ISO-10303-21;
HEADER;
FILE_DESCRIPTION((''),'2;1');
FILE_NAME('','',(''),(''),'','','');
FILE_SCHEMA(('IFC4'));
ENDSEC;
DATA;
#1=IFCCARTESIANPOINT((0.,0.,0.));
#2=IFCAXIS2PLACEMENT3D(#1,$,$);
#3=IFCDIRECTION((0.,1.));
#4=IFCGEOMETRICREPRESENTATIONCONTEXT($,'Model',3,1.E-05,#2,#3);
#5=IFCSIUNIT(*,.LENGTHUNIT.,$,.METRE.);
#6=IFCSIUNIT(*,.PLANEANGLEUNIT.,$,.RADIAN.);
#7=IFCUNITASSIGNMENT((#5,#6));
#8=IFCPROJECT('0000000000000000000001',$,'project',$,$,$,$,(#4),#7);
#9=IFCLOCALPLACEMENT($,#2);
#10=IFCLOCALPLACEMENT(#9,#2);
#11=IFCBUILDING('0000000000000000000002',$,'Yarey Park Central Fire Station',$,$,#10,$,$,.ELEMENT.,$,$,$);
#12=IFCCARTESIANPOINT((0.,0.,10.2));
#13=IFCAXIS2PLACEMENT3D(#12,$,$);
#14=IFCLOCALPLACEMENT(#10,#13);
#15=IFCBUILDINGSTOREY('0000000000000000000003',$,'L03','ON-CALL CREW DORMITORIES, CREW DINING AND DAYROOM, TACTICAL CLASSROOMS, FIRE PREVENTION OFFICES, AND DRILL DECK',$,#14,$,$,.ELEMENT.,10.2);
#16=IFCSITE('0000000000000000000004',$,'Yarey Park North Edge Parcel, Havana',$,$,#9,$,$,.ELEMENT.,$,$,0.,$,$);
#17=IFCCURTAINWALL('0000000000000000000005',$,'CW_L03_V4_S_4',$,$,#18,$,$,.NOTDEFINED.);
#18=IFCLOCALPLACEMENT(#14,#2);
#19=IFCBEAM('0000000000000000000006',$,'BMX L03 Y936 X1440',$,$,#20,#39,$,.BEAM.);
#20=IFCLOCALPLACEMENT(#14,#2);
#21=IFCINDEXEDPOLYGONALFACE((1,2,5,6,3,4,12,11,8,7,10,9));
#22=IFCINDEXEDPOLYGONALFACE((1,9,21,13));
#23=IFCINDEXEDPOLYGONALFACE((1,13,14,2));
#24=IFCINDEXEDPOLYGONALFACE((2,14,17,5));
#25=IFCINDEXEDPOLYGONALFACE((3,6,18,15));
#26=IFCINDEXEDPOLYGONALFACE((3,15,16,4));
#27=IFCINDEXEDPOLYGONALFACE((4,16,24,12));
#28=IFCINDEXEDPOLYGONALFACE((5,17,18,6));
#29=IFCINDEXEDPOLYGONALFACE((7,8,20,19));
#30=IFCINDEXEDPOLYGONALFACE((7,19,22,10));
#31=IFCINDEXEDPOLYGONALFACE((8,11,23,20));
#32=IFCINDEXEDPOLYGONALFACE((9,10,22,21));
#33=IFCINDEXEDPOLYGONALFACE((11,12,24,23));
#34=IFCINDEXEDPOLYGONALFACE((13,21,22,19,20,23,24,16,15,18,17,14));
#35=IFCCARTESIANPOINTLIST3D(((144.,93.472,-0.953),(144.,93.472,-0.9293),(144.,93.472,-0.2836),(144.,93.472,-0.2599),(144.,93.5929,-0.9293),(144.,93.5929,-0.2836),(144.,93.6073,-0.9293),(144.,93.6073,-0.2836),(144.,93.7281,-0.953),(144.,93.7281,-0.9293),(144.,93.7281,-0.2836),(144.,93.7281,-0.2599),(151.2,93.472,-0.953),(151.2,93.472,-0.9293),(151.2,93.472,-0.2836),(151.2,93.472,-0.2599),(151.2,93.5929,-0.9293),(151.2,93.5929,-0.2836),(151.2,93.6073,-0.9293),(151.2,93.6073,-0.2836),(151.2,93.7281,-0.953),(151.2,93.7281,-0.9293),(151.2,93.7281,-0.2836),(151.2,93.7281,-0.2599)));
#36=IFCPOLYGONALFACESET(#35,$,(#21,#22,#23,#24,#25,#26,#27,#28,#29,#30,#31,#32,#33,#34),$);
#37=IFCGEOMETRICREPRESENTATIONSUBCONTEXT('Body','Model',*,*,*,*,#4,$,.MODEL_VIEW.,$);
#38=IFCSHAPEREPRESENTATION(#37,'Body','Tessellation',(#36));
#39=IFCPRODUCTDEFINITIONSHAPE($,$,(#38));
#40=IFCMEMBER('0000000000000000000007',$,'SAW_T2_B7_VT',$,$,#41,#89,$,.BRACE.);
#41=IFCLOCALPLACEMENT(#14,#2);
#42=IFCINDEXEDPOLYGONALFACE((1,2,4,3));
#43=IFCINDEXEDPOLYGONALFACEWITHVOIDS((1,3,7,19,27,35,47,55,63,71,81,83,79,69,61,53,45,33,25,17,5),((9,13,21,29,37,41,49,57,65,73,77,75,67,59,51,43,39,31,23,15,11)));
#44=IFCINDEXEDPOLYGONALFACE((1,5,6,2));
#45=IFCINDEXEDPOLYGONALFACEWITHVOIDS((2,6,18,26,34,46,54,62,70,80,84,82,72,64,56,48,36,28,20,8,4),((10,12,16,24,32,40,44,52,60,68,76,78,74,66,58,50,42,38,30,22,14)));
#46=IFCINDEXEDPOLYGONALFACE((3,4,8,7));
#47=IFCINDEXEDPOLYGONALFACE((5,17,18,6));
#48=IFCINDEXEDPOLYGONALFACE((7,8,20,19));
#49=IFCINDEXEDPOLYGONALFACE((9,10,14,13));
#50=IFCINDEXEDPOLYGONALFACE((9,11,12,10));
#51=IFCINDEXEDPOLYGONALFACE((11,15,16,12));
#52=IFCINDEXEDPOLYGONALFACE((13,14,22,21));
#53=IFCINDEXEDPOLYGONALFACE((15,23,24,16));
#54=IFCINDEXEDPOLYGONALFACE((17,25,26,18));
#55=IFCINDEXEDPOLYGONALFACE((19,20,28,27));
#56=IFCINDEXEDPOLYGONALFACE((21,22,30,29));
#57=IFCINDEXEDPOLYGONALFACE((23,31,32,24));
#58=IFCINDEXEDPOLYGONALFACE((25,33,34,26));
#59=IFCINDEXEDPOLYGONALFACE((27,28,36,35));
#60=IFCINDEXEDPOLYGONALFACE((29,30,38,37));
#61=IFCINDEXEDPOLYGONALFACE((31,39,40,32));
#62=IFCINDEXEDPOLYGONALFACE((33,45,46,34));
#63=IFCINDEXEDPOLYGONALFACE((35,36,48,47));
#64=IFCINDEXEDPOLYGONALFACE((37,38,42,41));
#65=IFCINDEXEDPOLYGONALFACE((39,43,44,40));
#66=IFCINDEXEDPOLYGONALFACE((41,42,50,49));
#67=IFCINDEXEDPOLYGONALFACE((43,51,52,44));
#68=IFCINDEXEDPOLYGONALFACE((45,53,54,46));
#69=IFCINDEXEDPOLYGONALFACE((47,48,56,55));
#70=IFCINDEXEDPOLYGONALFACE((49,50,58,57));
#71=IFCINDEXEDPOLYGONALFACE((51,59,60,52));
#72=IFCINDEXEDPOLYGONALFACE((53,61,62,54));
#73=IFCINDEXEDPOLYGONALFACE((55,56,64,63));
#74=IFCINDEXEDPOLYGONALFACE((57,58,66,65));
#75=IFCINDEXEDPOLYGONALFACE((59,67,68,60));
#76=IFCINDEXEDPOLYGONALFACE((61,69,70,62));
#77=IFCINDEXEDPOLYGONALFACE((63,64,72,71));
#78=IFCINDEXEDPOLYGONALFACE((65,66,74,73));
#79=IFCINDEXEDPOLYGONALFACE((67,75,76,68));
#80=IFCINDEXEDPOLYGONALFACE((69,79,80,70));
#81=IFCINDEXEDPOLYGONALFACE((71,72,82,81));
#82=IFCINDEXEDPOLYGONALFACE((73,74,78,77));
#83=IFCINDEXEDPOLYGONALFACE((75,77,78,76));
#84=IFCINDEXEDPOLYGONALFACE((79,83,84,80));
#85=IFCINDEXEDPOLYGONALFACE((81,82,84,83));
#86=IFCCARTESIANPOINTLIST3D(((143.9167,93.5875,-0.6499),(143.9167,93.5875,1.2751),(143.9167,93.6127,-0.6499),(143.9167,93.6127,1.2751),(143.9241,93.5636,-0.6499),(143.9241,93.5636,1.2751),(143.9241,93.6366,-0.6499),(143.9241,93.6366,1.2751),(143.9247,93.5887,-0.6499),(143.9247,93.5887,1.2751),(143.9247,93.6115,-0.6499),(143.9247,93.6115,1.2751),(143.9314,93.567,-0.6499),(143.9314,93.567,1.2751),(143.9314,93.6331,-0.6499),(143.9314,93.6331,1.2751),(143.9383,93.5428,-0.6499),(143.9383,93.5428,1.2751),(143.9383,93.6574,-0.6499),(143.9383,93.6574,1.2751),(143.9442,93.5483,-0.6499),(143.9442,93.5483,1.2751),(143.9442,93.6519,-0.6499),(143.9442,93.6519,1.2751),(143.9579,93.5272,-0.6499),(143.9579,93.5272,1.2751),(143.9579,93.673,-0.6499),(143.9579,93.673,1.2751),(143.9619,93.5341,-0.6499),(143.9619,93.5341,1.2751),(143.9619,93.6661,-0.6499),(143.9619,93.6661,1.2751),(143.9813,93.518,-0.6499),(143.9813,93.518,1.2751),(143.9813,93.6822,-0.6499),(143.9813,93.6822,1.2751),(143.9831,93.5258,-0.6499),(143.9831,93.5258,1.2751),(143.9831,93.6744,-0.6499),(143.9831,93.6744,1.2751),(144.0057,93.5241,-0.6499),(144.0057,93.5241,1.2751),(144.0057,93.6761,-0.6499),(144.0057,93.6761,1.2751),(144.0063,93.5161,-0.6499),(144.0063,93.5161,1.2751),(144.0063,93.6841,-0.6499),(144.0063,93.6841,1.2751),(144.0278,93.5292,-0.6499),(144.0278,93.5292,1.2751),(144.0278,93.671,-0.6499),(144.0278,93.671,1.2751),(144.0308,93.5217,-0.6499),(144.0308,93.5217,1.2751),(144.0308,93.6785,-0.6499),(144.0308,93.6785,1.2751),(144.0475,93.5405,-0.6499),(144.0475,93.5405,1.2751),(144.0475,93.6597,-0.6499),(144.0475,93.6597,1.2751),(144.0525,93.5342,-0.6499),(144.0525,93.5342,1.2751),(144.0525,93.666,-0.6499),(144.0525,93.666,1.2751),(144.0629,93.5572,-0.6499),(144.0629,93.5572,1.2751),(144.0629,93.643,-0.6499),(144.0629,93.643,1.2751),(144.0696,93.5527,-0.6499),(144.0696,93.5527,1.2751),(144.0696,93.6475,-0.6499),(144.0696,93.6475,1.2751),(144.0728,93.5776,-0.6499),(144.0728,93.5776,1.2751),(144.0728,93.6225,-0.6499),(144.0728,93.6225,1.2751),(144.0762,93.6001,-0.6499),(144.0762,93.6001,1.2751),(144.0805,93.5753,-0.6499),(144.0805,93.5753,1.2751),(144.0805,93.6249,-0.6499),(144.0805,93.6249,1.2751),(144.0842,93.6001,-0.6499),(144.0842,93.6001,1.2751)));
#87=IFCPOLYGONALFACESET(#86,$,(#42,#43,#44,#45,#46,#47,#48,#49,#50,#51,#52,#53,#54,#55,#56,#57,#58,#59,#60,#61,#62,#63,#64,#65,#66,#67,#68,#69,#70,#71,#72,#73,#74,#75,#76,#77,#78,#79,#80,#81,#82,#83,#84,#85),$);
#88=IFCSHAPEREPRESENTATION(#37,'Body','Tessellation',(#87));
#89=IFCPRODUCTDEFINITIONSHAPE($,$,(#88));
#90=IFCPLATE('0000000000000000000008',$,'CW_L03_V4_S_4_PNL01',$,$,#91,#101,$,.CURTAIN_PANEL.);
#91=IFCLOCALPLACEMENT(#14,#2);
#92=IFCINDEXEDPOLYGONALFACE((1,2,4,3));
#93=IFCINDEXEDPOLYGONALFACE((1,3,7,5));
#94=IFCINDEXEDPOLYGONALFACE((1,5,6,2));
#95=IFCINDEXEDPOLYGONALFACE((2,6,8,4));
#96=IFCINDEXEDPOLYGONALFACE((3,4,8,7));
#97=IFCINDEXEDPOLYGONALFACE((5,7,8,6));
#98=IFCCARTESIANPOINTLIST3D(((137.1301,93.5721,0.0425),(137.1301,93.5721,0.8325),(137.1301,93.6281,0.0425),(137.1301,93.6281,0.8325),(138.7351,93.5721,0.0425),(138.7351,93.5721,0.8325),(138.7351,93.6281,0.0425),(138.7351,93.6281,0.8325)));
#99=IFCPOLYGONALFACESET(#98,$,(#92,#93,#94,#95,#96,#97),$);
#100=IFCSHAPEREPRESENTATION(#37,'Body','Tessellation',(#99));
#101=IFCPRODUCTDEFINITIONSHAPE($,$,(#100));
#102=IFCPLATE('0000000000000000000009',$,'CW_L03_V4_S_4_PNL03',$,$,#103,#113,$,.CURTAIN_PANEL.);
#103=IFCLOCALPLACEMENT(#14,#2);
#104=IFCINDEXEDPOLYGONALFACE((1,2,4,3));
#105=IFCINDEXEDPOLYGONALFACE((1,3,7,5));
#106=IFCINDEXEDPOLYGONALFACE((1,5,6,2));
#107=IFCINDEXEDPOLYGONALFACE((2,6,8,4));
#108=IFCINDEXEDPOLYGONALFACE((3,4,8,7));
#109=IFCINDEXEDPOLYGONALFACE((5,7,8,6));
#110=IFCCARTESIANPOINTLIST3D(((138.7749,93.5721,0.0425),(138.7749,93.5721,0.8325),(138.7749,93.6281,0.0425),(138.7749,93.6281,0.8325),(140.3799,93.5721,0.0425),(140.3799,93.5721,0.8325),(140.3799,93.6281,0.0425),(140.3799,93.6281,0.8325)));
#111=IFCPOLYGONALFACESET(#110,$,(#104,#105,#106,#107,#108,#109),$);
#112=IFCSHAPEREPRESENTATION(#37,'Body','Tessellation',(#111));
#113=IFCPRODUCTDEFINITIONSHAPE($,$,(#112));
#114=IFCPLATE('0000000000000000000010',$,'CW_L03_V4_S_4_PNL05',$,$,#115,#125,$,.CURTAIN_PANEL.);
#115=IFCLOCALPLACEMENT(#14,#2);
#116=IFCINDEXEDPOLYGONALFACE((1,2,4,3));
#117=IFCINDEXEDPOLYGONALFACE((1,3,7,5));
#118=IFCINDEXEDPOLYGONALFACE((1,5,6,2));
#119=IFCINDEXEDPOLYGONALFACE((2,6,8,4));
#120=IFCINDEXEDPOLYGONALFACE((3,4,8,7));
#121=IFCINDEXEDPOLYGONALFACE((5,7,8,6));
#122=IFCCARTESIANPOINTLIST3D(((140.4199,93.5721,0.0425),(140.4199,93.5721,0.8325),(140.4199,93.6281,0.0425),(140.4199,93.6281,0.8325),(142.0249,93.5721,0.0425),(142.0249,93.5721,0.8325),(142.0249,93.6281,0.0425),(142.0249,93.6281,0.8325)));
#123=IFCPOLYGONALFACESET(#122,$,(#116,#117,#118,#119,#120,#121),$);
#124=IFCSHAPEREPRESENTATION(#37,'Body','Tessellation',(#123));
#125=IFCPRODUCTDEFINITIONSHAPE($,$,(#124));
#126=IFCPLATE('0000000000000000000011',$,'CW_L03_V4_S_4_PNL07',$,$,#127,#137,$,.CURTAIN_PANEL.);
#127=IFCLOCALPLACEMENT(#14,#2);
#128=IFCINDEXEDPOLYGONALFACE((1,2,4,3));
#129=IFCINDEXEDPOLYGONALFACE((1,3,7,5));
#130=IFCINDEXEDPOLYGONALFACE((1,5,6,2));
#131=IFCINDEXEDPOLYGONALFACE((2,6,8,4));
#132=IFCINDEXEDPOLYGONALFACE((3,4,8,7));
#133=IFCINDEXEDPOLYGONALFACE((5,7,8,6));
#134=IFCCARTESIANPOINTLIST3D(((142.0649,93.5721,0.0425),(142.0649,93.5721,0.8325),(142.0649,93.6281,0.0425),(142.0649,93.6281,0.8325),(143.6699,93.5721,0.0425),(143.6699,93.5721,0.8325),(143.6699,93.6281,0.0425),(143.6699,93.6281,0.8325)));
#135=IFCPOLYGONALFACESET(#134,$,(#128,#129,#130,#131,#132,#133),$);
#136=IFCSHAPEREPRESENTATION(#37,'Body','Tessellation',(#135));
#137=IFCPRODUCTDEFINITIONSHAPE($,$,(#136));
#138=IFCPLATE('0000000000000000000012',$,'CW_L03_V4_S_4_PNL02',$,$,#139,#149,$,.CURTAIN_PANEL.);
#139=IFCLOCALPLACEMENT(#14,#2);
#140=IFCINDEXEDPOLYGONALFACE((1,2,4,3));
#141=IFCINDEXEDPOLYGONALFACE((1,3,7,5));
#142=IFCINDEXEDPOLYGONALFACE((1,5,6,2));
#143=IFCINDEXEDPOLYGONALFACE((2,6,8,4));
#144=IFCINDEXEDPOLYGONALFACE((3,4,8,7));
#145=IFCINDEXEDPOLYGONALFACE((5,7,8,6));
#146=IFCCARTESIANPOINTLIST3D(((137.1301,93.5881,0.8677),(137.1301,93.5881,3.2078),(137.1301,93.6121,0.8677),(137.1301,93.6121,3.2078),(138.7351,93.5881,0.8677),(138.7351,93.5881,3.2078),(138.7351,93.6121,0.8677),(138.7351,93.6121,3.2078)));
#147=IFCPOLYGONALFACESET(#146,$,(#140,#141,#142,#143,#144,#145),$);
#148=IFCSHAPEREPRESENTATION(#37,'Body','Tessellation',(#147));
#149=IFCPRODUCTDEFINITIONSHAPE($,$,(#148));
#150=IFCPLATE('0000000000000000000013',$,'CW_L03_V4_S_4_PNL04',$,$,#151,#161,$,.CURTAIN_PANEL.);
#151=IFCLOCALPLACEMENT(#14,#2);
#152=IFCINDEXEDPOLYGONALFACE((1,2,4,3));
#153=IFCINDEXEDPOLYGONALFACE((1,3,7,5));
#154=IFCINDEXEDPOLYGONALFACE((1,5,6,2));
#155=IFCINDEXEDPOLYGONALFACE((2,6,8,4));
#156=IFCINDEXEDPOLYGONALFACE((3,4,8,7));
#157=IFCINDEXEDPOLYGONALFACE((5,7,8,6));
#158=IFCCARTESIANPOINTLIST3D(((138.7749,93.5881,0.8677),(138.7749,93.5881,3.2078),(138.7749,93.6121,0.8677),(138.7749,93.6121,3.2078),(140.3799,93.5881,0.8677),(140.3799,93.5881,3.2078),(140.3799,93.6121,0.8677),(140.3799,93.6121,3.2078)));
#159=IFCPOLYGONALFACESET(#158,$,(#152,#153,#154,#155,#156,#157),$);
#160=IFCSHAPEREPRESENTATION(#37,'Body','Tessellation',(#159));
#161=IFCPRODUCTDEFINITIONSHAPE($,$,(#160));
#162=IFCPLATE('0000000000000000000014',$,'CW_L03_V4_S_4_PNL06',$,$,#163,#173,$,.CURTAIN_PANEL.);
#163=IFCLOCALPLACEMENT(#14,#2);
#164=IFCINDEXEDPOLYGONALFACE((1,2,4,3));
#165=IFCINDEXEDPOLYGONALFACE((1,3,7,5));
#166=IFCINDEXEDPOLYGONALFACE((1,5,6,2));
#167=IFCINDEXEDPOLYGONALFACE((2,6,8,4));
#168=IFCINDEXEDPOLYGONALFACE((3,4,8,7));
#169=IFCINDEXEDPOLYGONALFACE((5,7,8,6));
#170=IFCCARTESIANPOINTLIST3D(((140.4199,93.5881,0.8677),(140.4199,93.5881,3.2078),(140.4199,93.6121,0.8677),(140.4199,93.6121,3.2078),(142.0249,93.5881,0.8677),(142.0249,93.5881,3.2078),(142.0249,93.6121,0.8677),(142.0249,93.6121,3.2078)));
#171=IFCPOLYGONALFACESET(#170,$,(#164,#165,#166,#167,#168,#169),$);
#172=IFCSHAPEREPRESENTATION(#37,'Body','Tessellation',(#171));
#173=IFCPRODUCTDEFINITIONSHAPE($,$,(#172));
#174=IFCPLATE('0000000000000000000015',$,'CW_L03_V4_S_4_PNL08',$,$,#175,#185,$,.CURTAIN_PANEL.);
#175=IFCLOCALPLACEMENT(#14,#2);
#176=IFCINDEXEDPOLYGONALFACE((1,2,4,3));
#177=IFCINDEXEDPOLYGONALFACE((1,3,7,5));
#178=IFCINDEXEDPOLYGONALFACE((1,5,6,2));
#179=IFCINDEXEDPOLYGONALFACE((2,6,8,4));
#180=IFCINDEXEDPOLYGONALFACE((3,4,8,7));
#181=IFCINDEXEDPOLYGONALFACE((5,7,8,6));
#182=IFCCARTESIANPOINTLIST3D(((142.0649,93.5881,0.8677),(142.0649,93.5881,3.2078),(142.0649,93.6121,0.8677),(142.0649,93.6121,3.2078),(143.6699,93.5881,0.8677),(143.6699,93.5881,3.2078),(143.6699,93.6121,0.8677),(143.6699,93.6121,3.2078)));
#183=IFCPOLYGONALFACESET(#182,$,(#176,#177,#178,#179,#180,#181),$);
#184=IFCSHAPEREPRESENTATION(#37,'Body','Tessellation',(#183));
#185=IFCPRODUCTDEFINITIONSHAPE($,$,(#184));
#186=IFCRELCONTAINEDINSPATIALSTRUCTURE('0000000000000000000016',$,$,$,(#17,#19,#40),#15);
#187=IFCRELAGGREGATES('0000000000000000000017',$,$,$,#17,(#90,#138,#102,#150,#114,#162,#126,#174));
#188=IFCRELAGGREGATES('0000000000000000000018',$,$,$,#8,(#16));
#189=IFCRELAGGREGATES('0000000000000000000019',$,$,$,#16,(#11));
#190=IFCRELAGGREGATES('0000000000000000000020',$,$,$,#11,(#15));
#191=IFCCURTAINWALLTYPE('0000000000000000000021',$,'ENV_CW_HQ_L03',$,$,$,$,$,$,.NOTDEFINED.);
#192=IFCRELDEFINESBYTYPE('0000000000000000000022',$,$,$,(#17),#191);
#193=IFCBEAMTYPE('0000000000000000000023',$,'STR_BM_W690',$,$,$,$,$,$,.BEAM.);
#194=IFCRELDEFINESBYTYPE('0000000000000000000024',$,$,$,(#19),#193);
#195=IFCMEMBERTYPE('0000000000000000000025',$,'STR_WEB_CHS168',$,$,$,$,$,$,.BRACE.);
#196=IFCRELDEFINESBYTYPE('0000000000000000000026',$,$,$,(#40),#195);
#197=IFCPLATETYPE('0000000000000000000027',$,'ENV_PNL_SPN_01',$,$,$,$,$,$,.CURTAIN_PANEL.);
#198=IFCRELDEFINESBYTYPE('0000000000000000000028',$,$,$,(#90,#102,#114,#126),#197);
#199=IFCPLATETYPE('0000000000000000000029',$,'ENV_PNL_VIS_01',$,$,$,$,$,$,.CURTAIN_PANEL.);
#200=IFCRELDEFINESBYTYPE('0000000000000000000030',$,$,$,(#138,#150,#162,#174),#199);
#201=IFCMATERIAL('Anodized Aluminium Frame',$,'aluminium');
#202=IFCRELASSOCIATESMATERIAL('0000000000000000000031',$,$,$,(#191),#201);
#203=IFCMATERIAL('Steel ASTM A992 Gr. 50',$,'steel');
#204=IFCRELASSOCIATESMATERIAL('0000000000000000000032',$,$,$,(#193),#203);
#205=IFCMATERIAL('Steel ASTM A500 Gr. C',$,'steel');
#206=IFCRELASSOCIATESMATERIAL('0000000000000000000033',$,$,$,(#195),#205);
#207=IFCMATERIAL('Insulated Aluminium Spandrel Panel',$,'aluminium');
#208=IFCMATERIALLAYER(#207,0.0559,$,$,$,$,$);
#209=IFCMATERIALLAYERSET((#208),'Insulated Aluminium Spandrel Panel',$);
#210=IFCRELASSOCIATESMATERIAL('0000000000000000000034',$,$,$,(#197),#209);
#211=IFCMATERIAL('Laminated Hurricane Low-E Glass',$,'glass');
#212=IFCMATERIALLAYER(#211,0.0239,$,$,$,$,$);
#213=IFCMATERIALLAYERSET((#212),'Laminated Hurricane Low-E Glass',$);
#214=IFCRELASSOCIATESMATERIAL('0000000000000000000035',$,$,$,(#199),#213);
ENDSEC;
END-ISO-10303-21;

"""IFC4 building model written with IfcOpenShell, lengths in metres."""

from ifc_helpers import new_model, si_unit, direction, frame, origin, origin_2d, place, context, subcontext, project, spatial, rectangle, hollow_circle, i_section, extrude, material, layer, layer_set, material_profile, profile_set, type_object, element, aggregate, save


model = new_model("IFC4")

# Units and contexts
model_context = context("Model", 3, precision=1e-05, world=origin(), true_north=direction((0.0, 1.0)))
body_context = subcontext(model_context, "Body", "Model", "MODEL_VIEW")
ifc_project = project(units=[si_unit("LENGTHUNIT", "METRE"), si_unit("PLANEANGLEUNIT", "RADIAN")], contexts=[model_context])

# Site, building, storey
site_placement = place(None, origin())
site = spatial("IfcSite", under=ifc_project, at=site_placement, Name="Yarey Park North Edge Parcel, Havana", CompositionType="ELEMENT", RefElevation=0.0)
building_placement = place(site_placement, origin())
building = spatial("IfcBuilding", under=site, at=building_placement, Name="Yarey Park Central Fire Station", CompositionType="ELEMENT")
storey_placement = place(building_placement, frame((0.0, 0.0, 10.2)))
storey = spatial("IfcBuildingStorey", under=building, at=storey_placement, Name="L03", Description="ON-CALL CREW DORMITORIES, CREW DINING AND DAYROOM, TACTICAL CLASSROOMS, FIRE PREVENTION OFFICES, AND DRILL DECK", CompositionType="ELEMENT", Elevation=10.2)

# Curtain wall
ifc_material_1 = material(Name="Anodized Aluminium Frame", Category="aluminium")
curtain_wall_type = type_object("IfcCurtainWallType", Name="ENV_CW_HQ_L03", PredefinedType="NOTDEFINED", material=ifc_material_1)
curtain_wall_placement = place(storey_placement, origin())
curtain_wall = element("IfcCurtainWall", 1, at=curtain_wall_placement, inside=storey, type_object=curtain_wall_type, Name="CW_L03_V4_S_4", PredefinedType="NOTDEFINED")

# Beam
ifc_material_2 = material(Name="Steel ASTM A992 Gr. 50", Category="steel")
ifc_material_profile_1 = material_profile(ifc_material_2, i_section(OverallWidth=0.2561, OverallDepth=0.6931, WebThickness=0.0144, FlangeThickness=0.0237, at=origin_2d()), Name="W690x170")
ifc_profile_set_1 = profile_set([ifc_material_profile_1], Name="Steel ASTM A992 Gr. 50")
beam_type_1 = type_object("IfcBeamType", Name="STR_BM_W690", PredefinedType="BEAM", material=ifc_profile_set_1)
beam_placement = place(storey_placement, frame((144.0, 93.6001, -0.6064), z_axis=(1.0, 0.0, 0.0), x_axis=(0.0, 1.0, 0.0)))
element("IfcBeam", 2, at=beam_placement, inside=storey, type_object=beam_type_1, Name="BMX L03 Y936 X1440", PredefinedType="BEAM", context=body_context, shape_type="SweptSolid", body=[
    extrude(i_section(OverallWidth=0.2561, OverallDepth=0.6931, WebThickness=0.0144, FlangeThickness=0.0237, at=origin_2d()), origin(), (0.0, 0.0, 1.0), 7.2),
])

# Member
ifc_material_3 = material(Name="Steel ASTM A500 Gr. C", Category="steel")
ifc_material_profile_2 = material_profile(ifc_material_3, hollow_circle(Radius=0.0842, WallThickness=0.0081, at=origin_2d()), Name="CHS 168.3x8")
ifc_profile_set_2 = profile_set([ifc_material_profile_2], Name="Steel ASTM A500 Gr. C")
member_type_1 = type_object("IfcMemberType", Name="STR_WEB_CHS168", PredefinedType="BRACE", material=ifc_profile_set_2)
member_1_placement = place(storey_placement, frame((144.0, 93.6001, -0.6499), z_axis=(0.0, 0.0, 1.0), x_axis=(1.0, 0.0, 0.0)))
element("IfcMember", 3, at=member_1_placement, inside=storey, type_object=member_type_1, Name="SAW_T2_B7_VT", PredefinedType="BRACE", context=body_context, shape_type="SweptSolid", body=[
    extrude(hollow_circle(Radius=0.0842, WallThickness=0.0081, at=origin_2d()), origin(), (0.0, 0.0, 1.0), 1.925),
])

# Plates
ifc_material_4 = material(Name="Insulated Aluminium Spandrel Panel", Category="aluminium")
ifc_layer_1 = layer(ifc_material_4, 0.0559)
ifc_layer_set_1 = layer_set([ifc_layer_1], Name="Insulated Aluminium Spandrel Panel")
plate_type_1 = type_object("IfcPlateType", Name="ENV_PNL_SPN_01", PredefinedType="CURTAIN_PANEL", material=ifc_layer_set_1)
plate_1_placement = place(storey_placement, frame((137.9326, 93.6001, 0.0425), z_axis=(0.0, 0.0, 1.0), x_axis=(1.0, 0.0, 0.0)))
plate_1 = element("IfcPlate", 4, at=plate_1_placement, type_object=plate_type_1, Name="CW_L03_V4_S_4_PNL01", PredefinedType="CURTAIN_PANEL", context=body_context, shape_type="SweptSolid", body=[
    extrude(rectangle(XDim=1.605, YDim=0.0559, at=origin_2d()), origin(), (0.0, 0.0, 1.0), 0.79),
])
plate_2_placement = place(storey_placement, frame((139.5774, 93.6001, 0.0425), z_axis=(0.0, 0.0, 1.0), x_axis=(1.0, 0.0, 0.0)))
plate_2 = element("IfcPlate", 5, at=plate_2_placement, type_object=plate_type_1, Name="CW_L03_V4_S_4_PNL03", PredefinedType="CURTAIN_PANEL", context=body_context, shape_type="SweptSolid", body=[
    extrude(rectangle(XDim=1.605, YDim=0.0559, at=origin_2d()), origin(), (0.0, 0.0, 1.0), 0.79),
])
plate_3_placement = place(storey_placement, frame((141.2224, 93.6001, 0.0425), z_axis=(0.0, 0.0, 1.0), x_axis=(1.0, 0.0, 0.0)))
plate_3 = element("IfcPlate", 6, at=plate_3_placement, type_object=plate_type_1, Name="CW_L03_V4_S_4_PNL05", PredefinedType="CURTAIN_PANEL", context=body_context, shape_type="SweptSolid", body=[
    extrude(rectangle(XDim=1.605, YDim=0.0559, at=origin_2d()), origin(), (0.0, 0.0, 1.0), 0.79),
])
plate_4_placement = place(storey_placement, frame((142.8674, 93.6001, 0.0425), z_axis=(0.0, 0.0, 1.0), x_axis=(1.0, 0.0, 0.0)))
plate_4 = element("IfcPlate", 7, at=plate_4_placement, type_object=plate_type_1, Name="CW_L03_V4_S_4_PNL07", PredefinedType="CURTAIN_PANEL", context=body_context, shape_type="SweptSolid", body=[
    extrude(rectangle(XDim=1.605, YDim=0.0559, at=origin_2d()), origin(), (0.0, 0.0, 1.0), 0.79),
])
ifc_material_5 = material(Name="Laminated Hurricane Low-E Glass", Category="glass")
ifc_layer_2 = layer(ifc_material_5, 0.0239)
ifc_layer_set_2 = layer_set([ifc_layer_2], Name="Laminated Hurricane Low-E Glass")
plate_type_2 = type_object("IfcPlateType", Name="ENV_PNL_VIS_01", PredefinedType="CURTAIN_PANEL", material=ifc_layer_set_2)
plate_5_placement = place(storey_placement, frame((137.9326, 93.6001, 0.8677), z_axis=(0.0, 0.0, 1.0), x_axis=(1.0, 0.0, 0.0)))
plate_5 = element("IfcPlate", 8, at=plate_5_placement, type_object=plate_type_2, Name="CW_L03_V4_S_4_PNL02", PredefinedType="CURTAIN_PANEL", context=body_context, shape_type="SweptSolid", body=[
    extrude(rectangle(XDim=1.605, YDim=0.0239, at=origin_2d()), origin(), (0.0, 0.0, 1.0), 2.3401),
])
plate_6_placement = place(storey_placement, frame((139.5774, 93.6001, 0.8677), z_axis=(0.0, 0.0, 1.0), x_axis=(1.0, 0.0, 0.0)))
plate_6 = element("IfcPlate", 9, at=plate_6_placement, type_object=plate_type_2, Name="CW_L03_V4_S_4_PNL04", PredefinedType="CURTAIN_PANEL", context=body_context, shape_type="SweptSolid", body=[
    extrude(rectangle(XDim=1.605, YDim=0.0239, at=origin_2d()), origin(), (0.0, 0.0, 1.0), 2.3401),
])
plate_7_placement = place(storey_placement, frame((141.2224, 93.6001, 0.8677), z_axis=(0.0, 0.0, 1.0), x_axis=(1.0, 0.0, 0.0)))
plate_7 = element("IfcPlate", 10, at=plate_7_placement, type_object=plate_type_2, Name="CW_L03_V4_S_4_PNL06", PredefinedType="CURTAIN_PANEL", context=body_context, shape_type="SweptSolid", body=[
    extrude(rectangle(XDim=1.605, YDim=0.0239, at=origin_2d()), origin(), (0.0, 0.0, 1.0), 2.3401),
])
plate_8_placement = place(storey_placement, frame((142.8674, 93.6001, 0.8677), z_axis=(0.0, 0.0, 1.0), x_axis=(1.0, 0.0, 0.0)))
plate_8 = element("IfcPlate", 11, at=plate_8_placement, type_object=plate_type_2, Name="CW_L03_V4_S_4_PNL08", PredefinedType="CURTAIN_PANEL", context=body_context, shape_type="SweptSolid", body=[
    extrude(rectangle(XDim=1.605, YDim=0.0239, at=origin_2d()), origin(), (0.0, 0.0, 1.0), 2.3401),
])
aggregate(curtain_wall, [plate_1, plate_5, plate_2, plate_6, plate_3, plate_7, plate_4, plate_8])

save(model, "model.ifc")
